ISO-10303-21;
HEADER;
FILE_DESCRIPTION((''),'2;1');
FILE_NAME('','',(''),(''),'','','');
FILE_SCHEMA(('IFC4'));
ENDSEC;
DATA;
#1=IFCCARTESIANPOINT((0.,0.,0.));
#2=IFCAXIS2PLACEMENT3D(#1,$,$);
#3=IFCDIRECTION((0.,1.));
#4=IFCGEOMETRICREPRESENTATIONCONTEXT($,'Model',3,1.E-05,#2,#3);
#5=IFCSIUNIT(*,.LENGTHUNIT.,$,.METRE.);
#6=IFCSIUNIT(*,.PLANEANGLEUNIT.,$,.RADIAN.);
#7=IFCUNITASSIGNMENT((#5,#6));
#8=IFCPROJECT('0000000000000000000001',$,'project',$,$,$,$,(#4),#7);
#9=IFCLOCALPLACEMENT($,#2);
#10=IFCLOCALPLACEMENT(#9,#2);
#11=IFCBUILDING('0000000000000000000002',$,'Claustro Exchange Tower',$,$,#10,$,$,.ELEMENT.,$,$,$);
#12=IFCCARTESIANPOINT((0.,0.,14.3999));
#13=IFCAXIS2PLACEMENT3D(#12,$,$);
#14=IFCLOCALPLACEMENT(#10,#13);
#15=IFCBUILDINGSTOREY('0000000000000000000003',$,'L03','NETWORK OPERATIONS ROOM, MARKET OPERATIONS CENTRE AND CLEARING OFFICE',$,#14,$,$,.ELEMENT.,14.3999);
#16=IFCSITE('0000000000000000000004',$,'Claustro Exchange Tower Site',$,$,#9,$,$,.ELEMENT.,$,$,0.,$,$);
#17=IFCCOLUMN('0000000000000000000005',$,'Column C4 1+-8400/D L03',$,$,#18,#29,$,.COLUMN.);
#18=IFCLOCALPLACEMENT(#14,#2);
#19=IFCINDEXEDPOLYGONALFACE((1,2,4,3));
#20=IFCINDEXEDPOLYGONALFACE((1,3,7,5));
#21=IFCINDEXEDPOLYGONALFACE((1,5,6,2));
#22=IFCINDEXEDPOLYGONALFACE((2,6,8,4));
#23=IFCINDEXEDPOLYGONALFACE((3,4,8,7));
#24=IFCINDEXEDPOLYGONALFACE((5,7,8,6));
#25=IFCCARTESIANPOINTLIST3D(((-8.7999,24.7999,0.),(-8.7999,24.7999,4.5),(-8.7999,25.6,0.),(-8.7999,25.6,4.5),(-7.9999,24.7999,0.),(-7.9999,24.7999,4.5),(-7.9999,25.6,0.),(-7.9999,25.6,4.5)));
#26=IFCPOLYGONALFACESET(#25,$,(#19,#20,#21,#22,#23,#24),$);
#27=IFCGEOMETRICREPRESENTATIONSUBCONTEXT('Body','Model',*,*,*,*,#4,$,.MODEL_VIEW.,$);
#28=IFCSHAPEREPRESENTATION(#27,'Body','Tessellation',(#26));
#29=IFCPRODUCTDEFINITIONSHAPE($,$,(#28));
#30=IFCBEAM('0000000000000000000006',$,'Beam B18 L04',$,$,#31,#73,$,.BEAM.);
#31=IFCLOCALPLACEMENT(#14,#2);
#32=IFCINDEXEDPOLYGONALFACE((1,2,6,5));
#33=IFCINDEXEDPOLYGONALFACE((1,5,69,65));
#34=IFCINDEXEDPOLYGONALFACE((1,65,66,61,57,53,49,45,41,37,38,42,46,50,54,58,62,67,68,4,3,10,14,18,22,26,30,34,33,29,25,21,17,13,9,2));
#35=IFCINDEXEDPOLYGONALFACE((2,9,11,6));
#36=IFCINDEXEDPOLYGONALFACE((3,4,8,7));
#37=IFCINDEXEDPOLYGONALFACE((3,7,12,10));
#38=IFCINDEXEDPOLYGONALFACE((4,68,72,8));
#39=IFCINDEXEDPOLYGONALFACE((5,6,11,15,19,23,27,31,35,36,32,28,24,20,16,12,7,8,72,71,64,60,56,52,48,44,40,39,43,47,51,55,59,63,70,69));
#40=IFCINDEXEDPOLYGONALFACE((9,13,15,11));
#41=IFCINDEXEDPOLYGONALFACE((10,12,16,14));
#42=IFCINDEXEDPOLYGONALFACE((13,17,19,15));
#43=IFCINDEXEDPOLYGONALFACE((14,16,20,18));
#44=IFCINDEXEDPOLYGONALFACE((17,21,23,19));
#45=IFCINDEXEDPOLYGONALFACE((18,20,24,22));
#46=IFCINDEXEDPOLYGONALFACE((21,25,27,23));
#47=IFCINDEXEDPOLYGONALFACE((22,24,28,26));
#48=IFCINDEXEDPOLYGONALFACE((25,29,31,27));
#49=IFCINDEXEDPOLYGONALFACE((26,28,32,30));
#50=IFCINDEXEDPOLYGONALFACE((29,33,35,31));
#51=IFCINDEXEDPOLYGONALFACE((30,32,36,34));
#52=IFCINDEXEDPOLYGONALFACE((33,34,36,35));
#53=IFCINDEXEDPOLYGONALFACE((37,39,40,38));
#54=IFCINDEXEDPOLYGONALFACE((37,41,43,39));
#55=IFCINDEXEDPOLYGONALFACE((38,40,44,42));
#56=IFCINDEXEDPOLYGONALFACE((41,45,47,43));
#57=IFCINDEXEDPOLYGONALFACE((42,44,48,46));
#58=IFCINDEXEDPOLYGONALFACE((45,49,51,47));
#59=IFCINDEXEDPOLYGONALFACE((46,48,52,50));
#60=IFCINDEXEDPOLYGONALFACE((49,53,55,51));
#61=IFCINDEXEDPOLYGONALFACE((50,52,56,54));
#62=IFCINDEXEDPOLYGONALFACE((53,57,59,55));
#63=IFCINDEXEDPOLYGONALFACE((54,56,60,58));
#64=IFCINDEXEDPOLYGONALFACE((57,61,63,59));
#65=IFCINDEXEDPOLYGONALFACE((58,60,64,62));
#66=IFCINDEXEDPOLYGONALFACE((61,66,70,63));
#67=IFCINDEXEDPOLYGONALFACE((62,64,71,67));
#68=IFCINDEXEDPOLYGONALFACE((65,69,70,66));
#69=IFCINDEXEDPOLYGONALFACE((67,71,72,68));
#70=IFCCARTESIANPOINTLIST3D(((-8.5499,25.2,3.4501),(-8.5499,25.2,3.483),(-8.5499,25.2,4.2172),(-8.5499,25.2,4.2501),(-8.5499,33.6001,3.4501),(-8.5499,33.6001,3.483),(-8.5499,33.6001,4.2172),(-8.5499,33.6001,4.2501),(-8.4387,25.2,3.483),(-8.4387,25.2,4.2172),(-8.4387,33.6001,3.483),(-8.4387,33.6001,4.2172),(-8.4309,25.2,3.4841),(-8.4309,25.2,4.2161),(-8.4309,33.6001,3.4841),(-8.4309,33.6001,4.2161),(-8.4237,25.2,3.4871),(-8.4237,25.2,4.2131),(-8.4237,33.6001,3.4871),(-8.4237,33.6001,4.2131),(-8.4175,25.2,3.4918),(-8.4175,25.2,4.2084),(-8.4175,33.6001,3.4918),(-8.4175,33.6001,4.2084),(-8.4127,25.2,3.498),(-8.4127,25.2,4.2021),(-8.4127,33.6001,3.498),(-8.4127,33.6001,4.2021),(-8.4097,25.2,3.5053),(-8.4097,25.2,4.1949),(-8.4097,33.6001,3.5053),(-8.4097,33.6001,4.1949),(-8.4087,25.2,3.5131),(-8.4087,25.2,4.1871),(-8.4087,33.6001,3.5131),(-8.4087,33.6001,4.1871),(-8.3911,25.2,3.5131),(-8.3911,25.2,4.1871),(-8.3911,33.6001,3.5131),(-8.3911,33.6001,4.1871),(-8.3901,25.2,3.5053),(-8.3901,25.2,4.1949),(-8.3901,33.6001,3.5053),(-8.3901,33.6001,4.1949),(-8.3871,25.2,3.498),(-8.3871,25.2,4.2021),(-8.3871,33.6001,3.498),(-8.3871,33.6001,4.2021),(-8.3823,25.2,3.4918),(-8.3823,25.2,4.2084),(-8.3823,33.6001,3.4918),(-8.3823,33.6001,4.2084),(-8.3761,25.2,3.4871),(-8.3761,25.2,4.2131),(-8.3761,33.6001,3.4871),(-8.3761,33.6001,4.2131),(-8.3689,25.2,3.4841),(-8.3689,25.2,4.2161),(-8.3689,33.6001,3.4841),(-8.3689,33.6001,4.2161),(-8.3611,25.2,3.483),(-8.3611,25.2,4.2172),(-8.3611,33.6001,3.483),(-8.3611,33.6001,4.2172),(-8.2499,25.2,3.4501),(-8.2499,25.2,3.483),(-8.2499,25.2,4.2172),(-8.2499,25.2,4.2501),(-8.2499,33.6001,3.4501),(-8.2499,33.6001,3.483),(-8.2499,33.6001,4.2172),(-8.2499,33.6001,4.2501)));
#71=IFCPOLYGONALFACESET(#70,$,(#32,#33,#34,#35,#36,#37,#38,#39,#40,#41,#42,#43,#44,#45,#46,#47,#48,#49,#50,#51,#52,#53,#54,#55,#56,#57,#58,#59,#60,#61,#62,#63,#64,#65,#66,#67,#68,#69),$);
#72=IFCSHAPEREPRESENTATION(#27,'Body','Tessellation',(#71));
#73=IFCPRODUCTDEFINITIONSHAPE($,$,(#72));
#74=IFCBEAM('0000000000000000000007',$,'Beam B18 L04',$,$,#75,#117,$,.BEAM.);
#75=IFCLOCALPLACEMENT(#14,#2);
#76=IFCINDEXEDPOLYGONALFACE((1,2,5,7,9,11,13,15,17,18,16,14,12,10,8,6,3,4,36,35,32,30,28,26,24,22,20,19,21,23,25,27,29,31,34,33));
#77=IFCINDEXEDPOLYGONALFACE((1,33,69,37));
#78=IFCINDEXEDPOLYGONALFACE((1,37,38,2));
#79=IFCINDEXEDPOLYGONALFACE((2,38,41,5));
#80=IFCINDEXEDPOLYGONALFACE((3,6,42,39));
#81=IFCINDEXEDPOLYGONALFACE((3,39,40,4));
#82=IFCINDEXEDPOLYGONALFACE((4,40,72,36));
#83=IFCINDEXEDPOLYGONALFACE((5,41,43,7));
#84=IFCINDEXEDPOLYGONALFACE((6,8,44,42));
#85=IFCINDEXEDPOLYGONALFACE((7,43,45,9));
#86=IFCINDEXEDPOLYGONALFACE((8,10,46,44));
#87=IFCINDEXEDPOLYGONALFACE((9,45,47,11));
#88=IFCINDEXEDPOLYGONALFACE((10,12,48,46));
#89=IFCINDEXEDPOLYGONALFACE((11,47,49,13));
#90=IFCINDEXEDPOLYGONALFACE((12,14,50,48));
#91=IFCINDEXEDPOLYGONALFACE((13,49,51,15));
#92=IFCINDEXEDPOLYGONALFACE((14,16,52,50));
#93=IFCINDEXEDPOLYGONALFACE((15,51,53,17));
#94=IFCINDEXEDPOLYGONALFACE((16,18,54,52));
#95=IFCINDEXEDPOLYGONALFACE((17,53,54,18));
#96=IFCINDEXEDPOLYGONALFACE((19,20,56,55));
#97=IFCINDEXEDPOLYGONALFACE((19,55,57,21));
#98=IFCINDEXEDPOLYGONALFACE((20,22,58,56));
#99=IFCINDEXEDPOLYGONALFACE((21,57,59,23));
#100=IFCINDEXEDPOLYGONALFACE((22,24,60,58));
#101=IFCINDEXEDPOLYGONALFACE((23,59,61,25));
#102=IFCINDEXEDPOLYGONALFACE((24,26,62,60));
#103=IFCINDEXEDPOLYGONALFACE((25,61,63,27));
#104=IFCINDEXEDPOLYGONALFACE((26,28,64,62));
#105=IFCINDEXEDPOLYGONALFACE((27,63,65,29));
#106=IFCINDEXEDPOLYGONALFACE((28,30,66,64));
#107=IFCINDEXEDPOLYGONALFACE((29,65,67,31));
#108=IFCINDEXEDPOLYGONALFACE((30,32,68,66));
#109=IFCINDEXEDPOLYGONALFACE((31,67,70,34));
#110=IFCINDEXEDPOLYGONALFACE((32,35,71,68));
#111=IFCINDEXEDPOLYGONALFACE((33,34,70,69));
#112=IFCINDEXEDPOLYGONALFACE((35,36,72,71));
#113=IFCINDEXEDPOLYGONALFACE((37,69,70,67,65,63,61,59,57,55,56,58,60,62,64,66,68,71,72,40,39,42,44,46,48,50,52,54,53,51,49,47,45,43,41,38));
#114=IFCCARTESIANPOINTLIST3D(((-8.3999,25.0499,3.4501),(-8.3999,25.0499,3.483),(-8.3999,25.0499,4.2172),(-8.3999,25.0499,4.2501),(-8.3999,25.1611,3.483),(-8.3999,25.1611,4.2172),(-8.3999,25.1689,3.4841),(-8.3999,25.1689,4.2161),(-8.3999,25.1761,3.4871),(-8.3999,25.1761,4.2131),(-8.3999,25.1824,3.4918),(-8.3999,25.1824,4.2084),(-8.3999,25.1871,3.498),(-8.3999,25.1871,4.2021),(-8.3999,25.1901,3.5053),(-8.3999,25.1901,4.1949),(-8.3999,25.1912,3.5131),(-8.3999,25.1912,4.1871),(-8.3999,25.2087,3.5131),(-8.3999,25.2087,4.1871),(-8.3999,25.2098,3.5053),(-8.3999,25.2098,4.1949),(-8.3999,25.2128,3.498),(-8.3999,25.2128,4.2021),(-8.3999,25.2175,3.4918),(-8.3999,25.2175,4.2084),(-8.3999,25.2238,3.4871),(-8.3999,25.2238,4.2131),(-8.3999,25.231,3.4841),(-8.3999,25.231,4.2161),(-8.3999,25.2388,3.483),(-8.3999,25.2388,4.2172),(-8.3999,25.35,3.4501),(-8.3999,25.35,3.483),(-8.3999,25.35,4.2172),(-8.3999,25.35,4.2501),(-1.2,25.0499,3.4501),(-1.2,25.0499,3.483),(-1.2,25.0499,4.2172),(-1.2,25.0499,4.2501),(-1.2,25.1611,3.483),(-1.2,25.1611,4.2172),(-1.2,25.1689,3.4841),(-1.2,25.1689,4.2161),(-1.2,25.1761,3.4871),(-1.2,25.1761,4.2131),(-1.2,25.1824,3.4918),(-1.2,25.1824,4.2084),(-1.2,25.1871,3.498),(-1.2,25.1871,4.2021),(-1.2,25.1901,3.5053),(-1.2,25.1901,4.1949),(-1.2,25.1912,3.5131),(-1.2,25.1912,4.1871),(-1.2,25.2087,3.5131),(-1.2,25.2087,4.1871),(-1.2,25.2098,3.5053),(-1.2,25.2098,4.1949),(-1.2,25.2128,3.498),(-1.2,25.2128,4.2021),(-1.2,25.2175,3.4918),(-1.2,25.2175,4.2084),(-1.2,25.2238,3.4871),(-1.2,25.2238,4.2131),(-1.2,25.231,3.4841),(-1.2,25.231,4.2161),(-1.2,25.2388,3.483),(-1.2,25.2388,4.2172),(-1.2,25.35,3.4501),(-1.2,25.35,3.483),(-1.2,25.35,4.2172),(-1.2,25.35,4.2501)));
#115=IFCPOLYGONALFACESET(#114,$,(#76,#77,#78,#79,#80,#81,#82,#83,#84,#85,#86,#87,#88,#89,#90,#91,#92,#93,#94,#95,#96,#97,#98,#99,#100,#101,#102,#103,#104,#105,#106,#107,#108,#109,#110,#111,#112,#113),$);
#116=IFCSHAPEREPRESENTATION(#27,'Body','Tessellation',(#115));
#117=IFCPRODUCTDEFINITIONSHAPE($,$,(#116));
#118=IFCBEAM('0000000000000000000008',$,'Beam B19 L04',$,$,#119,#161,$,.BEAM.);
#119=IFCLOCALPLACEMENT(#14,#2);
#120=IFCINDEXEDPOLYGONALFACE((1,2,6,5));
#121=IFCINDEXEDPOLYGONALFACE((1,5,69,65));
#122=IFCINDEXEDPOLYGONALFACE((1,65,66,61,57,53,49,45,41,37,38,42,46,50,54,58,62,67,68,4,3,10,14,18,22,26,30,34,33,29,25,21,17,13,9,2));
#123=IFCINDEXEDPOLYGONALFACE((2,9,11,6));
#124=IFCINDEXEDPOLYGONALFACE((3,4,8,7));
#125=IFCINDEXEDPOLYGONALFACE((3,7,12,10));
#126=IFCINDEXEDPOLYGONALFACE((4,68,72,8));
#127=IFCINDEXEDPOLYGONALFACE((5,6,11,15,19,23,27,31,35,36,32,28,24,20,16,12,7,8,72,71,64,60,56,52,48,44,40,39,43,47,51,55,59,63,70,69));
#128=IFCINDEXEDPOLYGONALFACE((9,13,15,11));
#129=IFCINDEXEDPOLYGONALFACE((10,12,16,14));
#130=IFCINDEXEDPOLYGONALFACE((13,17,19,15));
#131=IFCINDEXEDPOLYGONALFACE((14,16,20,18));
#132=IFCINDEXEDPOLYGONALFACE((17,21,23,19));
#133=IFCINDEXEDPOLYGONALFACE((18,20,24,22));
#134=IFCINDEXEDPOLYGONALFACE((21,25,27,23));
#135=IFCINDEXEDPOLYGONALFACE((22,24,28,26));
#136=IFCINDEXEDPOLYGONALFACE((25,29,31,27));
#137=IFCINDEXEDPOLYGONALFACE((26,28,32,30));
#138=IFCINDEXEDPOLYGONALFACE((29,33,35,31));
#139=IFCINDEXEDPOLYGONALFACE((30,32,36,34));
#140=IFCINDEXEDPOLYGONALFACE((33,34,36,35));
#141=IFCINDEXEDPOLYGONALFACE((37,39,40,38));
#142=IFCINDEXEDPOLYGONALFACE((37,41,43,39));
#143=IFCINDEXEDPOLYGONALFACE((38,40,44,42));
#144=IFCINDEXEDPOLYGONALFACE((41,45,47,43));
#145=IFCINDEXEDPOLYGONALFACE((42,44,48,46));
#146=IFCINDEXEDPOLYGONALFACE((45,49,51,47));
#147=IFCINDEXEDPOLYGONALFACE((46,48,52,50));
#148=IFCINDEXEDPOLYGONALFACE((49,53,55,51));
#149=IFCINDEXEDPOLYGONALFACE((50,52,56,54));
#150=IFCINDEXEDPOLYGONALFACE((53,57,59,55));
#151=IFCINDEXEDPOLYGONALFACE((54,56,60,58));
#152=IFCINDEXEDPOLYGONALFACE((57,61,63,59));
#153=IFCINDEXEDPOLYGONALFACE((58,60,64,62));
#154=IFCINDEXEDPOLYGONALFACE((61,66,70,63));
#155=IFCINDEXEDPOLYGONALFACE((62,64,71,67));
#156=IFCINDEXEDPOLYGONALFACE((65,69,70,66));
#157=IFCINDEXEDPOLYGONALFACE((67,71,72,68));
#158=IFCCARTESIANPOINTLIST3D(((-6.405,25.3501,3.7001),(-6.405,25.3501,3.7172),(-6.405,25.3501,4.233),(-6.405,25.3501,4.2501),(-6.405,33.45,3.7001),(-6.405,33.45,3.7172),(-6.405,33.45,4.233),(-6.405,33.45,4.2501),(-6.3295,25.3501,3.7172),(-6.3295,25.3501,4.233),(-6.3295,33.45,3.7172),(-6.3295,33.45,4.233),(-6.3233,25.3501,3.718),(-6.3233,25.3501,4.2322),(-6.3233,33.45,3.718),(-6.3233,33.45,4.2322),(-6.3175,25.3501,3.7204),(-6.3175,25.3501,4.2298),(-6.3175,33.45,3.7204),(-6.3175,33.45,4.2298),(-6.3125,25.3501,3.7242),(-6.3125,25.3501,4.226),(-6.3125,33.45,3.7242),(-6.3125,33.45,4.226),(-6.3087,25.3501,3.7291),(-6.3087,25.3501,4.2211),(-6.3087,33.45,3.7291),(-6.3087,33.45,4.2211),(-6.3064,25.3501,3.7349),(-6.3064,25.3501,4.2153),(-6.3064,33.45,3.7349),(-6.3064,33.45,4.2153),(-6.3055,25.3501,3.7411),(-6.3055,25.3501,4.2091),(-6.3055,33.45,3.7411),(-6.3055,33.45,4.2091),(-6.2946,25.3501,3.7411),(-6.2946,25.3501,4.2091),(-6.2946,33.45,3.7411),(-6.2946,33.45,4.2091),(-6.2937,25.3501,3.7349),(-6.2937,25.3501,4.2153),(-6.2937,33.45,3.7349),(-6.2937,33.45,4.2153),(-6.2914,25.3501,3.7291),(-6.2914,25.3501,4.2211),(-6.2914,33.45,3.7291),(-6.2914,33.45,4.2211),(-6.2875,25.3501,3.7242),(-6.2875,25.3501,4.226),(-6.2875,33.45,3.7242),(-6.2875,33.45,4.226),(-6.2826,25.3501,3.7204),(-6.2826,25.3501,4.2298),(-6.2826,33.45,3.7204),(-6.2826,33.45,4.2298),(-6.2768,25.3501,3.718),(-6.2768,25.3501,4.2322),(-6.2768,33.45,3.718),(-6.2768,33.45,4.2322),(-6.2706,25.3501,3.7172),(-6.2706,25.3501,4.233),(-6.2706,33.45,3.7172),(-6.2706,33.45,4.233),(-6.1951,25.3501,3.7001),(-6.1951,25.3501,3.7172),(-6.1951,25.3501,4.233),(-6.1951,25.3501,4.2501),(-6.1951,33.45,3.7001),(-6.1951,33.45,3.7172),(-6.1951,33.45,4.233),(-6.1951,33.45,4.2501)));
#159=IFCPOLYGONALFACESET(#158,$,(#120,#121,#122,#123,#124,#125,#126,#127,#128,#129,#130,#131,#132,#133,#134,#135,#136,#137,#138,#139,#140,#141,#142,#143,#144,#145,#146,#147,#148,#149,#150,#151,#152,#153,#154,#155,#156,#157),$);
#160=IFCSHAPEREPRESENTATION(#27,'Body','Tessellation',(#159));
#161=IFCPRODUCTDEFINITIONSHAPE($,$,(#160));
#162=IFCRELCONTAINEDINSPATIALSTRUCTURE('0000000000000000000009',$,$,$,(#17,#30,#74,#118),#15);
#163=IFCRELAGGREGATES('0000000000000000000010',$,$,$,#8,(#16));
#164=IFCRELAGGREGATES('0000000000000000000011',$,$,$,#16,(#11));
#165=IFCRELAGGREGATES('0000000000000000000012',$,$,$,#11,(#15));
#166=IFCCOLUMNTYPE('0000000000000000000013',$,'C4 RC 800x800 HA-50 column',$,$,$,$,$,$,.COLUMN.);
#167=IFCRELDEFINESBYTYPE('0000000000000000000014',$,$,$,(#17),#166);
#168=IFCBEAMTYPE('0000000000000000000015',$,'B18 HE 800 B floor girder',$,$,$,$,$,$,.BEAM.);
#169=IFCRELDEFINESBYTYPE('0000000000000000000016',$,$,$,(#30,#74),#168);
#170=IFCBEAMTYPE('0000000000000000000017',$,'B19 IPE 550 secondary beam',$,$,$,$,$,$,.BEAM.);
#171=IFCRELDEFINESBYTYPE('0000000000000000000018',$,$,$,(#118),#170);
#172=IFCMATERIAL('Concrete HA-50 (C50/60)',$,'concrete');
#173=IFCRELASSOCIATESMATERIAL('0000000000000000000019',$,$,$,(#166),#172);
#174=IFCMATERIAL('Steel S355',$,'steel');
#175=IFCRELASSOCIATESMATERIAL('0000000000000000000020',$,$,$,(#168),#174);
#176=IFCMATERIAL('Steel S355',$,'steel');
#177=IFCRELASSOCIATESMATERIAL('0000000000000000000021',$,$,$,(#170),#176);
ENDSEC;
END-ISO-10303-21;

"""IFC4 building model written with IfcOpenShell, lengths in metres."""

from ifc_helpers import new_model, si_unit, direction, frame, origin, origin_2d, place, context, subcontext, project, spatial, rectangle, i_section, extrude, material, material_profile, profile_set, type_object, element, save


model = new_model("IFC4")

# Units and contexts
model_context = context("Model", 3, precision=1e-05, world=origin(), true_north=direction((0.0, 1.0)))
body_context = subcontext(model_context, "Body", "Model", "MODEL_VIEW")
ifc_project = project(units=[si_unit("LENGTHUNIT", "METRE"), si_unit("PLANEANGLEUNIT", "RADIAN")], contexts=[model_context])

# Site, building, storey
site_placement = place(None, origin())
site = spatial("IfcSite", under=ifc_project, at=site_placement, Name="Claustro Exchange Tower Site", CompositionType="ELEMENT", RefElevation=0.0)
building_placement = place(site_placement, origin())
building = spatial("IfcBuilding", under=site, at=building_placement, Name="Claustro Exchange Tower", CompositionType="ELEMENT")
storey_placement = place(building_placement, frame((0.0, 0.0, 14.3999)))
storey = spatial("IfcBuildingStorey", under=building, at=storey_placement, Name="L03", Description="NETWORK OPERATIONS ROOM, MARKET OPERATIONS CENTRE AND CLEARING OFFICE", CompositionType="ELEMENT", Elevation=14.3999)

# Column
ifc_material_1 = material(Name="Concrete HA-50 (C50/60)", Category="concrete")
ifc_material_profile_1 = material_profile(ifc_material_1, rectangle(XDim=0.8, YDim=0.8, at=origin_2d()), Name="RC 800x800")
ifc_profile_set_1 = profile_set([ifc_material_profile_1], Name="Concrete HA-50 (C50/60)")
column_type = type_object("IfcColumnType", Name="C4 RC 800x800 HA-50 column", PredefinedType="COLUMN", material=ifc_profile_set_1)
column_placement = place(storey_placement, frame((-8.3999, 25.2, 0.0), z_axis=(0.0, 0.0, 1.0), x_axis=(1.0, 0.0, 0.0)))
element("IfcColumn", 1, at=column_placement, inside=storey, type_object=column_type, Name="Column C4 1+-8400/D L03", PredefinedType="COLUMN", context=body_context, shape_type="SweptSolid", body=[
    extrude(rectangle(XDim=0.8, YDim=0.8, at=origin_2d()), origin(), (0.0, 0.0, 1.0), 4.5),
])

# Beams
ifc_material_2 = material(Name="Steel S355", Category="steel")
ifc_material_profile_2 = material_profile(ifc_material_2, i_section(OverallWidth=0.3, OverallDepth=0.8, WebThickness=0.0176, FlangeThickness=0.033, FilletRadius=0.03, at=origin_2d()), Name="HE 800 B")
ifc_profile_set_2 = profile_set([ifc_material_profile_2], Name="Steel S355")
beam_type_1 = type_object("IfcBeamType", Name="B18 HE 800 B floor girder", PredefinedType="BEAM", material=ifc_profile_set_2)
beam_1_placement = place(storey_placement, frame((-8.3999, 25.2, 3.8501), z_axis=(0.0, 1.0, 0.0), x_axis=(-1.0, 0.0, 0.0)))
element("IfcBeam", 2, at=beam_1_placement, inside=storey, type_object=beam_type_1, Name="Beam B18 L04", PredefinedType="BEAM", context=body_context, shape_type="SweptSolid", body=[
    extrude(i_section(OverallWidth=0.3, OverallDepth=0.8, WebThickness=0.0176, FlangeThickness=0.033, FilletRadius=0.03, at=origin_2d()), origin(), (0.0, 0.0, 1.0), 8.4001),
])
beam_2_placement = place(storey_placement, frame((-8.3999, 25.2, 3.8501), z_axis=(1.0, 0.0, 0.0), x_axis=(0.0, 1.0, 0.0)))
element("IfcBeam", 3, at=beam_2_placement, inside=storey, type_object=beam_type_1, Name="Beam B18 L04", PredefinedType="BEAM", context=body_context, shape_type="SweptSolid", body=[
    extrude(i_section(OverallWidth=0.3, OverallDepth=0.8, WebThickness=0.0176, FlangeThickness=0.033, FilletRadius=0.03, at=origin_2d()), origin(), (0.0, 0.0, 1.0), 7.2),
])
ifc_material_3 = material(Name="Steel S355", Category="steel")
ifc_material_profile_3 = material_profile(ifc_material_3, i_section(OverallWidth=0.21, OverallDepth=0.55, WebThickness=0.011, FlangeThickness=0.0171, FilletRadius=0.0239, at=origin_2d()), Name="IPE 550")
ifc_profile_set_3 = profile_set([ifc_material_profile_3], Name="Steel S355")
beam_type_2 = type_object("IfcBeamType", Name="B19 IPE 550 secondary beam", PredefinedType="BEAM", material=ifc_profile_set_3)
for number, where, z_axis, x_axis, name in (
    (4, (-6.3, 25.3501, 3.9751), (0.0, 1.0, 0.0), (-1.0, 0.0, 0.0), "Beam B19 L04"),
):
    element("IfcBeam", number, at=place(storey_placement, frame(where, z_axis=z_axis, x_axis=x_axis)), inside=storey, type_object=beam_type_2, Name=name, PredefinedType="BEAM", context=body_context, shape_type="SweptSolid", body=[
        extrude(i_section(OverallWidth=0.21, OverallDepth=0.55, WebThickness=0.011, FlangeThickness=0.0171, FilletRadius=0.0239, at=origin_2d()), origin(), (0.0, 0.0, 1.0), 8.0999),
    ])

save(model, "model.ifc")
